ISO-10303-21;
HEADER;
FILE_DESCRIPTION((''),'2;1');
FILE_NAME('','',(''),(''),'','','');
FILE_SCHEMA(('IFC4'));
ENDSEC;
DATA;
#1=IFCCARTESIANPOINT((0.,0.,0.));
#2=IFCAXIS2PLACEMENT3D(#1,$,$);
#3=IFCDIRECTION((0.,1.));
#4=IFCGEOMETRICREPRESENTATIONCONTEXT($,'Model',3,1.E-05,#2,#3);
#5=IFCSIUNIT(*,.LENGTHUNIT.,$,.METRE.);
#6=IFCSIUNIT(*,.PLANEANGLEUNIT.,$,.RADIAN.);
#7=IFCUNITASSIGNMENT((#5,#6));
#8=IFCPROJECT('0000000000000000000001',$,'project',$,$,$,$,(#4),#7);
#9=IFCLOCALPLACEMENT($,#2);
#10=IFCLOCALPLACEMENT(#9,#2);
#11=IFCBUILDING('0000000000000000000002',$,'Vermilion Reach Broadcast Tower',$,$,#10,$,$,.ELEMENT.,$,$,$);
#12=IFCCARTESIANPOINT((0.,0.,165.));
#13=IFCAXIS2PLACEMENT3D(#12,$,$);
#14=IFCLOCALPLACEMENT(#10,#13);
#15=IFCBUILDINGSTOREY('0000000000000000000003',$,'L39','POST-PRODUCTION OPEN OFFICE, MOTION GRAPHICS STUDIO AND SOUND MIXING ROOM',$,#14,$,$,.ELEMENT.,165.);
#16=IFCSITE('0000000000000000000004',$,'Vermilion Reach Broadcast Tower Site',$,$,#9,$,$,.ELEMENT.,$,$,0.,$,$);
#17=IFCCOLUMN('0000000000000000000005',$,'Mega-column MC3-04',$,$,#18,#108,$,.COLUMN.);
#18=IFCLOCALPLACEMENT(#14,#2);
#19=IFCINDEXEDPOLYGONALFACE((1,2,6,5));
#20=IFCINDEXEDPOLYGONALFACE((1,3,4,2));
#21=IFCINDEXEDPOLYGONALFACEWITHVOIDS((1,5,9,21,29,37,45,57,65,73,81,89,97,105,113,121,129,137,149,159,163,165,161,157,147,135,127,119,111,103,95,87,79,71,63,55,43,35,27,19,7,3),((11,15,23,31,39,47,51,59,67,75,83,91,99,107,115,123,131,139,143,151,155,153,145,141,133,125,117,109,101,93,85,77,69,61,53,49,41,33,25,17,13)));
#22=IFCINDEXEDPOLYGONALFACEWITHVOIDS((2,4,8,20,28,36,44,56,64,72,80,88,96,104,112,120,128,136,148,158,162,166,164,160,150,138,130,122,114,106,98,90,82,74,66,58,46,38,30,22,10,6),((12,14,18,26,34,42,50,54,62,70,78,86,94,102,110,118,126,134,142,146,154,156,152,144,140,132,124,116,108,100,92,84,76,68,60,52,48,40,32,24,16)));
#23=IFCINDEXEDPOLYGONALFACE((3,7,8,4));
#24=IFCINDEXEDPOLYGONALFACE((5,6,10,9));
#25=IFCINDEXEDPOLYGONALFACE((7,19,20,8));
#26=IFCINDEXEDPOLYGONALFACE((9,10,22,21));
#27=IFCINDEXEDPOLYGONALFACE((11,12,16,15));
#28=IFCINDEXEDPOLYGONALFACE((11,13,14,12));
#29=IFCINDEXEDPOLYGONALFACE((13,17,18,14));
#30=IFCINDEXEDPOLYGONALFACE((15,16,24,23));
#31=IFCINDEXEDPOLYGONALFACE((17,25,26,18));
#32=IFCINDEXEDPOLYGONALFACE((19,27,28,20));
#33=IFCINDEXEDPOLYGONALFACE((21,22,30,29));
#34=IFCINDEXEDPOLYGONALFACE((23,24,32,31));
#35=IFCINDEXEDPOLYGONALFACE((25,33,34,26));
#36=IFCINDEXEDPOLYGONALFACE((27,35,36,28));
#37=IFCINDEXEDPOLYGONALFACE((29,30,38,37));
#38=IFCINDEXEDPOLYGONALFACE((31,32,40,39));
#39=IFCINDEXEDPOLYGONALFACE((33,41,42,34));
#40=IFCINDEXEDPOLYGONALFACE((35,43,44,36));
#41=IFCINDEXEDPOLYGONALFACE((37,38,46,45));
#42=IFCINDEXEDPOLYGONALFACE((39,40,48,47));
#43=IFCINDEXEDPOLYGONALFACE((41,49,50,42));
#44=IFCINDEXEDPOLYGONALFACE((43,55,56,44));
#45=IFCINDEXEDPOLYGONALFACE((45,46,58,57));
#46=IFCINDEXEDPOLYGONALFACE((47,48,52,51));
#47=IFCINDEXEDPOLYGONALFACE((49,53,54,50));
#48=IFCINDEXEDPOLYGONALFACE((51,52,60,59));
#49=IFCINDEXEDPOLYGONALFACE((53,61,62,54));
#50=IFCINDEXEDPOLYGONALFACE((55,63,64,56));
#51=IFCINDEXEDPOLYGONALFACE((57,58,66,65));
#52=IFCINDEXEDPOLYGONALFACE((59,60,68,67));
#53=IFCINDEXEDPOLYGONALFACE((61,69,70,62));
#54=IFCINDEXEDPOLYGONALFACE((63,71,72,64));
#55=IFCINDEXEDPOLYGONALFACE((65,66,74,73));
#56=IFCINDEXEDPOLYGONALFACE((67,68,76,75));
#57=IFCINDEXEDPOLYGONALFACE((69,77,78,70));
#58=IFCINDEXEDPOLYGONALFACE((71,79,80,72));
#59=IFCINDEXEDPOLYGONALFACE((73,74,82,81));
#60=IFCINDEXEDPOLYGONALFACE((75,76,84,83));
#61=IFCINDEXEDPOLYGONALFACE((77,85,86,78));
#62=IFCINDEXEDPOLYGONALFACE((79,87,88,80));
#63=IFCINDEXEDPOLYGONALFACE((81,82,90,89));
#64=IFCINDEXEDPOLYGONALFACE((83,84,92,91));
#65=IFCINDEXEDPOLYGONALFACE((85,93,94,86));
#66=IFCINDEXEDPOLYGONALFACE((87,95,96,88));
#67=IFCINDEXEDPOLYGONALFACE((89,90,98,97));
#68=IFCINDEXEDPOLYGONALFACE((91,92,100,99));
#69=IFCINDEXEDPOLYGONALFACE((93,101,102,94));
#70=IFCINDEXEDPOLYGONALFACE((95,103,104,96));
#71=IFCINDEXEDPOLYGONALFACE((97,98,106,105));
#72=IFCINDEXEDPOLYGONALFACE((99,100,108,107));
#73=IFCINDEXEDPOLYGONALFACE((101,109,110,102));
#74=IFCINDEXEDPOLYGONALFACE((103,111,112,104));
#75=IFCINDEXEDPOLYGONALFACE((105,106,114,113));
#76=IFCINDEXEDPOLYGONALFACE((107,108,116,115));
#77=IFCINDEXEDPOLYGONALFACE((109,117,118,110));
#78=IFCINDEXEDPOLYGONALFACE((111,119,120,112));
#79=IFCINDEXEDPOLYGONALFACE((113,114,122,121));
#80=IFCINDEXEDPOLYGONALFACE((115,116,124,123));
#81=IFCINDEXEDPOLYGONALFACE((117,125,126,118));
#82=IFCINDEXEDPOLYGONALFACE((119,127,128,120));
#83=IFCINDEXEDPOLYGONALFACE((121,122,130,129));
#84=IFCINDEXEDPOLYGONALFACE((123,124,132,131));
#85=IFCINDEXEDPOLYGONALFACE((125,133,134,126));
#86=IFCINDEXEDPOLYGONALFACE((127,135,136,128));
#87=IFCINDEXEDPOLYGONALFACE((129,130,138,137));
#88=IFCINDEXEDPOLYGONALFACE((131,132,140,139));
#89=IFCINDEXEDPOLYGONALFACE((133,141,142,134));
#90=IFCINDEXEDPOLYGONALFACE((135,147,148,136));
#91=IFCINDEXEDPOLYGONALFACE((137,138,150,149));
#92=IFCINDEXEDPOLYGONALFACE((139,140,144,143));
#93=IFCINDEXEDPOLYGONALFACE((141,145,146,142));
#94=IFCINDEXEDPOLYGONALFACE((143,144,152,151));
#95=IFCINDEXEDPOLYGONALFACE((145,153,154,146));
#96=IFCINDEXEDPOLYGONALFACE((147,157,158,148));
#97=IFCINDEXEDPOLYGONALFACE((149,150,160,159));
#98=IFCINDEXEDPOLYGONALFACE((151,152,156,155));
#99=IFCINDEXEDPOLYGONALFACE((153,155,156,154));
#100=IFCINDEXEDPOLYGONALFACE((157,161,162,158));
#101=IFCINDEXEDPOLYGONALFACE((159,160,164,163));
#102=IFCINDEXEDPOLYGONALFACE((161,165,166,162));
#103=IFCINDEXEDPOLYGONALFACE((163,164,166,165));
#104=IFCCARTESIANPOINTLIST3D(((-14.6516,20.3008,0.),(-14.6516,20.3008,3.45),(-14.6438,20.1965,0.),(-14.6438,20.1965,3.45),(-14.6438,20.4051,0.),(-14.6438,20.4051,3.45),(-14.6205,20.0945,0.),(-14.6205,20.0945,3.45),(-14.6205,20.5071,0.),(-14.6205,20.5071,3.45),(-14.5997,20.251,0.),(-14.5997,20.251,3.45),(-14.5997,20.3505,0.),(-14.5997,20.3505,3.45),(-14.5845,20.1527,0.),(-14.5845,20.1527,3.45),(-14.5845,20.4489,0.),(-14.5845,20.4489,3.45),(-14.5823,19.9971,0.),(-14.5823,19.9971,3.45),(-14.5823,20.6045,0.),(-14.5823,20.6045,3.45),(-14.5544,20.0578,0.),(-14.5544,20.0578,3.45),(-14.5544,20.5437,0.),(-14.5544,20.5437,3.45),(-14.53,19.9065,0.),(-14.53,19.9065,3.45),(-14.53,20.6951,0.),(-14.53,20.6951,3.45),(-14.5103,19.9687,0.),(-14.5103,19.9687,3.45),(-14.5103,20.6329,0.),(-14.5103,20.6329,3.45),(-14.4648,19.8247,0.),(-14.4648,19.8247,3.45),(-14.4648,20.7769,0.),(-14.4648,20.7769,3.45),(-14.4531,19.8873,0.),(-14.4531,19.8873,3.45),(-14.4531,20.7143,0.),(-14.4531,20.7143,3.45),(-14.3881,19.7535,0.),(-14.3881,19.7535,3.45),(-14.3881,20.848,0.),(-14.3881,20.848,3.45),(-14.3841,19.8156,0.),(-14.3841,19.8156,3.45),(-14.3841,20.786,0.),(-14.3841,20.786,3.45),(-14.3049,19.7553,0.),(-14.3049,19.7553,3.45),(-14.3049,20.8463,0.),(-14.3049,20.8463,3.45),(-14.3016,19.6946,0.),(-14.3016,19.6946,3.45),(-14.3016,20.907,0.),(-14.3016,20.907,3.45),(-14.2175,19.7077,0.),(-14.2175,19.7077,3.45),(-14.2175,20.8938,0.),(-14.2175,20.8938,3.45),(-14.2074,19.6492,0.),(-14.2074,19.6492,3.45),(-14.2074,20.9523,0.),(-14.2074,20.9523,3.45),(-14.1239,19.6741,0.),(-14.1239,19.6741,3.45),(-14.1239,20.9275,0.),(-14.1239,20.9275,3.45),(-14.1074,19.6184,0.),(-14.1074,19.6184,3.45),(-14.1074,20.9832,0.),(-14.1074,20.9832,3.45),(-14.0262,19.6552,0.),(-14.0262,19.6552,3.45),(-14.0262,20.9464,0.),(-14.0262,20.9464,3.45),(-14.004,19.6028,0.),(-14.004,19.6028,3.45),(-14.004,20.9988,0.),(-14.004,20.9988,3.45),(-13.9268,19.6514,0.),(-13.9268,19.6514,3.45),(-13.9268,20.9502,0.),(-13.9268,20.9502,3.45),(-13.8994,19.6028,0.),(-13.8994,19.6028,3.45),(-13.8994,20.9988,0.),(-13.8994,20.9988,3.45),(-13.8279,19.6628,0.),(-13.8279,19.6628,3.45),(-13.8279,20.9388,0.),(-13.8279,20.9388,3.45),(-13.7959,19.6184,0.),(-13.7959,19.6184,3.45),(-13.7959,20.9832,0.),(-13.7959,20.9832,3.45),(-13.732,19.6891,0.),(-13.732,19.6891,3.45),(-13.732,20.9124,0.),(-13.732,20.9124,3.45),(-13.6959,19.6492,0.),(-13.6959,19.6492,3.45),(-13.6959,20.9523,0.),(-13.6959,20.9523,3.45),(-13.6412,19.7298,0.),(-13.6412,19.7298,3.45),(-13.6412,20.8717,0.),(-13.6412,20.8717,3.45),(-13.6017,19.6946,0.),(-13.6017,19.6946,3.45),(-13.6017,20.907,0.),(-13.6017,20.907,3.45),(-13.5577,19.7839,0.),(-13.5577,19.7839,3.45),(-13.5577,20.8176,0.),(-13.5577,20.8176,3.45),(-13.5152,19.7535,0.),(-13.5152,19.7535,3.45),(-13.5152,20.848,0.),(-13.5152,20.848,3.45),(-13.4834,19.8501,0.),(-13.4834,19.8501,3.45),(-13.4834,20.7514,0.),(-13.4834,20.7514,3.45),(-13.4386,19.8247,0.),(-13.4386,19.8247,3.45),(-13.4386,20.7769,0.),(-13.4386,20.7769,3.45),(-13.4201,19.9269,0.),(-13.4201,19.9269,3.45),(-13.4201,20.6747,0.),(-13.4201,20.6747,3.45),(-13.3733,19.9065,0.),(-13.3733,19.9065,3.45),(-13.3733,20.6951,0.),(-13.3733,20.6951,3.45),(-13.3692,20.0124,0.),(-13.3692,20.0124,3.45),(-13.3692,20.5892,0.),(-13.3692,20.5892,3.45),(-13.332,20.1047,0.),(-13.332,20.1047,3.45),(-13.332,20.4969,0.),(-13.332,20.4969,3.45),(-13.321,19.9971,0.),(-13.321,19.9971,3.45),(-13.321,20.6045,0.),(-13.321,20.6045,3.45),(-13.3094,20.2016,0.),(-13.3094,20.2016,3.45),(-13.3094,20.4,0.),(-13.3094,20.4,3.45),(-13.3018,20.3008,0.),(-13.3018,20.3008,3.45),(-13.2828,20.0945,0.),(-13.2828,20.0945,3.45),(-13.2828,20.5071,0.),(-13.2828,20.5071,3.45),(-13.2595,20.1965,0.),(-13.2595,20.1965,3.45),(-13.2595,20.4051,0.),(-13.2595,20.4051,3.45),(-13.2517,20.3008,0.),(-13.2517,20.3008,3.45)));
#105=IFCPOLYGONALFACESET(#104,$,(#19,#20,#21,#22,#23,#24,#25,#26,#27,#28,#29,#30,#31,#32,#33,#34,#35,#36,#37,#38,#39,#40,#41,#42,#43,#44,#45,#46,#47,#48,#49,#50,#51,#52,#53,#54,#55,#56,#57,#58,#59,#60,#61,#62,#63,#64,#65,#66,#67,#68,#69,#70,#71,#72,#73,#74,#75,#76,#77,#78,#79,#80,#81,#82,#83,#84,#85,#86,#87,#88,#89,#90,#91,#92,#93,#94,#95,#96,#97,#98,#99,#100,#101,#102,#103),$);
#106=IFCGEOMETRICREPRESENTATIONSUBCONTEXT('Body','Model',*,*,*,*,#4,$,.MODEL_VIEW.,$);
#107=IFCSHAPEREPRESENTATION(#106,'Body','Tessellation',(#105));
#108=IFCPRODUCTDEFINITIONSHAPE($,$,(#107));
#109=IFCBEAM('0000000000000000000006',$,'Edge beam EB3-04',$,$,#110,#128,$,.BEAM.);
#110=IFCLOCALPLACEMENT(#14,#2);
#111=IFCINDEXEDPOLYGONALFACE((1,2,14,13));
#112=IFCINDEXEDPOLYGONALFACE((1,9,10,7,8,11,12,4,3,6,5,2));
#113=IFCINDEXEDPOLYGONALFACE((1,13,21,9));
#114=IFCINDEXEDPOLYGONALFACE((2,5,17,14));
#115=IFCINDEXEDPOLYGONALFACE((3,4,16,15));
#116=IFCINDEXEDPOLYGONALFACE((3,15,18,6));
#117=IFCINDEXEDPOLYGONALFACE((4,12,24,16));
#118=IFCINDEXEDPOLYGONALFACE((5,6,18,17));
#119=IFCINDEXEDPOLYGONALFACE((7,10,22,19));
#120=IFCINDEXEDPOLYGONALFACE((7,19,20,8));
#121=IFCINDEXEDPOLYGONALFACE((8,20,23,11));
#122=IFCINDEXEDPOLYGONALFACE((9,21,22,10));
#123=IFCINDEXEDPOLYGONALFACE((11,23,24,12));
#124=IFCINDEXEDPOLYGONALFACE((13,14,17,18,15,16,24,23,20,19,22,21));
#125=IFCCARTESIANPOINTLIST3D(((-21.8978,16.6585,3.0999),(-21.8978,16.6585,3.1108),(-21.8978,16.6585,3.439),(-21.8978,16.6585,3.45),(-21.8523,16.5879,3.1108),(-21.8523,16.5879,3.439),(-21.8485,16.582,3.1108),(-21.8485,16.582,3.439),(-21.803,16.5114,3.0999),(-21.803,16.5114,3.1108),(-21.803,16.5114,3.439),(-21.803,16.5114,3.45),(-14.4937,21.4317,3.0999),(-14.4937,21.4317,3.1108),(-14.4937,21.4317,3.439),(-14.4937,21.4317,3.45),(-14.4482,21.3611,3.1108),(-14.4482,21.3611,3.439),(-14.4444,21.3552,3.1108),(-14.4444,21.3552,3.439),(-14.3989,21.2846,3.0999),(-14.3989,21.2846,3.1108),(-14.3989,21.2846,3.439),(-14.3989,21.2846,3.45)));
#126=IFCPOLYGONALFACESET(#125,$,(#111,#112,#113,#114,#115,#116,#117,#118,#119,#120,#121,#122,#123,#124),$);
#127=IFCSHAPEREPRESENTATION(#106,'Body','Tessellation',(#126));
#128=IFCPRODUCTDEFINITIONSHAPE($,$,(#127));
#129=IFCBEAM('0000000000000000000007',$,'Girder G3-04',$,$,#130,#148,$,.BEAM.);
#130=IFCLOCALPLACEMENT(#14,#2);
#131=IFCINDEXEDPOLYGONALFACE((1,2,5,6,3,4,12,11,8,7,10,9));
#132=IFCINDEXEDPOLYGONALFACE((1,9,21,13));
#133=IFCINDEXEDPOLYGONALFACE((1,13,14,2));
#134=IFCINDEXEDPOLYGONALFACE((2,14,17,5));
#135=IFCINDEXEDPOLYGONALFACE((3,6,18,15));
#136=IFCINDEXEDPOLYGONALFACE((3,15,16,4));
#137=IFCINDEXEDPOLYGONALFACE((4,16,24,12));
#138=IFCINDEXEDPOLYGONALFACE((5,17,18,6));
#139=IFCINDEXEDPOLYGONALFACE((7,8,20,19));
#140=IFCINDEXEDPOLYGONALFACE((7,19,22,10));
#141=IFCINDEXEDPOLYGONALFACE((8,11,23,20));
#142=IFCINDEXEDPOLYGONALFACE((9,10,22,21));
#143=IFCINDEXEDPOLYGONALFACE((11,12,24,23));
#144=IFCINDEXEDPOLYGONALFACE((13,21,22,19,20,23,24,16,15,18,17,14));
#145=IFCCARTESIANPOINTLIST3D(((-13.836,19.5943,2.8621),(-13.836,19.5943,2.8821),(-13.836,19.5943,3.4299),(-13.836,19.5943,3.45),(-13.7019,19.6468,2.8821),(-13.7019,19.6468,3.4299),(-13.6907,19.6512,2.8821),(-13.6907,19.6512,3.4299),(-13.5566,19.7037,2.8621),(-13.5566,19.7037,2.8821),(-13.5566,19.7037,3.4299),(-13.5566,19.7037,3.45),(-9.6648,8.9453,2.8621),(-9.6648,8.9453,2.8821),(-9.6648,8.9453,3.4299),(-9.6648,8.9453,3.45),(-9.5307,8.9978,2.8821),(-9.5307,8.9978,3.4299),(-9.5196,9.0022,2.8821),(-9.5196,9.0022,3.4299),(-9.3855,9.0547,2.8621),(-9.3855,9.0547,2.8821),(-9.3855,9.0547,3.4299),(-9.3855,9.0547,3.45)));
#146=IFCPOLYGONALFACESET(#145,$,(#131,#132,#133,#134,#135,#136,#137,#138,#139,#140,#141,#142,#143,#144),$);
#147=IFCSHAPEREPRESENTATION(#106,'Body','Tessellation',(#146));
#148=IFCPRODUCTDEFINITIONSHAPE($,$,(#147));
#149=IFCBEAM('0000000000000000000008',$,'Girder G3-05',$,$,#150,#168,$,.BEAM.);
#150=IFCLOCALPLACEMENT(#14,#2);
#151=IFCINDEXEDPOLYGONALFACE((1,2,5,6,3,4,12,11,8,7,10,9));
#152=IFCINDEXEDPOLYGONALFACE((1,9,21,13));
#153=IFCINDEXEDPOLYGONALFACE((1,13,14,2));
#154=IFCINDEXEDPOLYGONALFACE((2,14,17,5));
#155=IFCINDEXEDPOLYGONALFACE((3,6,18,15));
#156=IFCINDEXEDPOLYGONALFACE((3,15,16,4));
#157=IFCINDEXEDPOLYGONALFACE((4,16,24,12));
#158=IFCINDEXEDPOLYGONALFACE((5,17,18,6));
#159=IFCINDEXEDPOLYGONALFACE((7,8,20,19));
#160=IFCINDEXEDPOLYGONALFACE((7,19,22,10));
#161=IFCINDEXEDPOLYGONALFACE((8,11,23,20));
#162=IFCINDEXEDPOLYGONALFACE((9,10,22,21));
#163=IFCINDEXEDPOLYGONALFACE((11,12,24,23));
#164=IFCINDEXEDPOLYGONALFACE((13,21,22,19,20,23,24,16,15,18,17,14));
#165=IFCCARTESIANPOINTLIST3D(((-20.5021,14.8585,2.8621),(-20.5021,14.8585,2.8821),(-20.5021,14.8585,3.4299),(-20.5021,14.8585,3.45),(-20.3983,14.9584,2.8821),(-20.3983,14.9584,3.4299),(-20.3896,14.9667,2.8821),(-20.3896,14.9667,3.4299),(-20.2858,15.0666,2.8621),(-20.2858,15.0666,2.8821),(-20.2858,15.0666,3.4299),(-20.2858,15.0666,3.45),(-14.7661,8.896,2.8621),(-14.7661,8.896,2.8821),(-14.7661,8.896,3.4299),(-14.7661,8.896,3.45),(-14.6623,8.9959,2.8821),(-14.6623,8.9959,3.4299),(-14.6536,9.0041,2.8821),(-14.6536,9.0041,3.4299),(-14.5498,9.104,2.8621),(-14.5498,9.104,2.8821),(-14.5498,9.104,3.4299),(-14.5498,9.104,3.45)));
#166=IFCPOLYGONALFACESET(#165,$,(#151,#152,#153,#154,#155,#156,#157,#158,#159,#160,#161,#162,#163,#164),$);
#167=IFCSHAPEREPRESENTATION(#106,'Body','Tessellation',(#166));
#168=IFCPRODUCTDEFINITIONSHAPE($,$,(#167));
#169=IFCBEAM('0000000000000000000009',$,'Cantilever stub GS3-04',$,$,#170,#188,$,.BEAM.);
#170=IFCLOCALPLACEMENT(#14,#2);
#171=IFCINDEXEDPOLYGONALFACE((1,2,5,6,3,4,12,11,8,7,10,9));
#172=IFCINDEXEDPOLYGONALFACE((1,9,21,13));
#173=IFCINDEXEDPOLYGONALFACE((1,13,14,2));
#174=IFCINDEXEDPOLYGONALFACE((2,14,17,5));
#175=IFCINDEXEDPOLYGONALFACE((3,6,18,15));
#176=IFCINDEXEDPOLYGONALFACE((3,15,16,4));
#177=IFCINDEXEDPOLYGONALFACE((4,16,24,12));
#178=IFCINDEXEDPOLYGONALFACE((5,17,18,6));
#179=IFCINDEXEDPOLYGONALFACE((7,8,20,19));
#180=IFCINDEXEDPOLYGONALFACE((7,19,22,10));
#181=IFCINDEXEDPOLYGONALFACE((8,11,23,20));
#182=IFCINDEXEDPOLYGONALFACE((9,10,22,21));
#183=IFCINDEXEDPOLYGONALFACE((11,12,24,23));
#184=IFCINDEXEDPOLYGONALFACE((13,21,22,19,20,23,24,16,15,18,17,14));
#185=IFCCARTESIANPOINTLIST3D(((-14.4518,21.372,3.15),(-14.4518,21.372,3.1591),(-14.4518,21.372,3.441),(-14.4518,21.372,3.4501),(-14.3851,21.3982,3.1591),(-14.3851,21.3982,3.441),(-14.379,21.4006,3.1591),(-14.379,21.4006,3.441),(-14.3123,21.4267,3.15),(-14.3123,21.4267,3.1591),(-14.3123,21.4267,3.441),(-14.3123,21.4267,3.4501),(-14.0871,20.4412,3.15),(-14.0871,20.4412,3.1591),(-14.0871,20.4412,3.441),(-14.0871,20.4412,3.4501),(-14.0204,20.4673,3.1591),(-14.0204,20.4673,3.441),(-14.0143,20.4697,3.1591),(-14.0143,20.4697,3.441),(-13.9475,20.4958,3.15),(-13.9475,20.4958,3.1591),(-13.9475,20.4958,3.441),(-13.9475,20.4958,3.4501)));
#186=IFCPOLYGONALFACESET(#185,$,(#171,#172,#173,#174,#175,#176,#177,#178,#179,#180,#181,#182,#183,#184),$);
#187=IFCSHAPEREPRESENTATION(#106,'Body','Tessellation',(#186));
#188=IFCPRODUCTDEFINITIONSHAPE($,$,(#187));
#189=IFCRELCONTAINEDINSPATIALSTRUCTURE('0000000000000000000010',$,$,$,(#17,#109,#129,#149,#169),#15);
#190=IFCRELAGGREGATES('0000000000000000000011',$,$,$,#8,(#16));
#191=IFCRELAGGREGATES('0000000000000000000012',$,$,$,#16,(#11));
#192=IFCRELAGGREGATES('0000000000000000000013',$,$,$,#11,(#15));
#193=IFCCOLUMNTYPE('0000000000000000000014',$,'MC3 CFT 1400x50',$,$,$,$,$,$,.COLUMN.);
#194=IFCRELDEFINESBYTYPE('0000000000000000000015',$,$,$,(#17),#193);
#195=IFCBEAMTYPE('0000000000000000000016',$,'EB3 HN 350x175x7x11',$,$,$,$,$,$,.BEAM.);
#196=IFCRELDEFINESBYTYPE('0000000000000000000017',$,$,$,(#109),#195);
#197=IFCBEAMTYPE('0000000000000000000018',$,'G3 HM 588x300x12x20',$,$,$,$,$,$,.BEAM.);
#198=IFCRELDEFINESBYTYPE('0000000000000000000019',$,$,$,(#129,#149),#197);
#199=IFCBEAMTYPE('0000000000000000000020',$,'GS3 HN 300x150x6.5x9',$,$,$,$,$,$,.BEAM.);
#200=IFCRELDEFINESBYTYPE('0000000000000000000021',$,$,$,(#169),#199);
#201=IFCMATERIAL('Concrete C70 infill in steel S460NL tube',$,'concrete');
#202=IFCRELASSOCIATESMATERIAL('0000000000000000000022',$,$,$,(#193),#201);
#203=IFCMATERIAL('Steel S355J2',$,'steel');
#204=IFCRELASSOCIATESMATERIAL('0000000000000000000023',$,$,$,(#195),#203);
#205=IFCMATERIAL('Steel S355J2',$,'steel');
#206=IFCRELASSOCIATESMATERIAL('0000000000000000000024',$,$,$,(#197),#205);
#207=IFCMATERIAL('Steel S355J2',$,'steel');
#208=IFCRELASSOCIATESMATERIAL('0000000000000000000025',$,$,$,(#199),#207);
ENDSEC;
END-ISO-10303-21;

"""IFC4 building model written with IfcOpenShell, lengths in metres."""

from ifc_helpers import new_model, si_unit, direction, frame, origin, origin_2d, place, context, subcontext, project, spatial, hollow_circle, i_section, extrude, material, material_profile, profile_set, type_object, element, save


model = new_model("IFC4")

# Units and contexts
model_context = context("Model", 3, precision=1e-05, world=origin(), true_north=direction((0.0, 1.0)))
body_context = subcontext(model_context, "Body", "Model", "MODEL_VIEW")
ifc_project = project(units=[si_unit("LENGTHUNIT", "METRE"), si_unit("PLANEANGLEUNIT", "RADIAN")], contexts=[model_context])

# Site, building, storey
site_placement = place(None, origin())
site = spatial("IfcSite", under=ifc_project, at=site_placement, Name="Vermilion Reach Broadcast Tower Site", CompositionType="ELEMENT", RefElevation=0.0)
building_placement = place(site_placement, origin())
building = spatial("IfcBuilding", under=site, at=building_placement, Name="Vermilion Reach Broadcast Tower", CompositionType="ELEMENT")
storey_placement = place(building_placement, frame((0.0, 0.0, 165.0)))
storey = spatial("IfcBuildingStorey", under=building, at=storey_placement, Name="L39", Description="POST-PRODUCTION OPEN OFFICE, MOTION GRAPHICS STUDIO AND SOUND MIXING ROOM", CompositionType="ELEMENT", Elevation=165.0)

# Column
ifc_material_1 = material(Name="Concrete C70 infill in steel S460NL tube", Category="concrete")
ifc_material_profile_1 = material_profile(ifc_material_1, hollow_circle(Radius=0.7, WallThickness=0.05, at=origin_2d()), Name="Concrete C70 infill in steel S460NL tube CFT 1400x50")
ifc_profile_set_1 = profile_set([ifc_material_profile_1], Name="Concrete C70 infill in steel S460NL tube")
column_type = type_object("IfcColumnType", Name="MC3 CFT 1400x50", PredefinedType="COLUMN", material=ifc_profile_set_1)
column_placement = place(storey_placement, frame((-13.9517, 20.3008, 0.0), z_axis=(0.0, 0.0, 1.0), x_axis=(1.0, 0.0, 0.0)))
element("IfcColumn", 1, at=column_placement, inside=storey, type_object=column_type, Name="Mega-column MC3-04", PredefinedType="COLUMN", context=body_context, shape_type="SweptSolid", body=[
    extrude(hollow_circle(Radius=0.7, WallThickness=0.05, at=origin_2d()), origin(), (0.0, 0.0, 1.0), 3.45),
])

# Beams
ifc_material_2 = material(Name="Steel S355J2", Category="steel")
ifc_material_profile_2 = material_profile(ifc_material_2, i_section(OverallWidth=0.175, OverallDepth=0.3501, WebThickness=0.0071, FlangeThickness=0.011, at=origin_2d()), Name="S355J2 HN 350x175x7x11")
ifc_profile_set_2 = profile_set([ifc_material_profile_2], Name="Steel S355J2")
beam_type_1 = type_object("IfcBeamType", Name="EB3 HN 350x175x7x11", PredefinedType="BEAM", material=ifc_profile_set_2)
beam_1_placement = place(storey_placement, frame((-14.4463, 21.3582, 3.2749), z_axis=(-0.840484, -0.541837, 0.0), x_axis=(0.541837, -0.840484, 0.0)))
element("IfcBeam", 2, at=beam_1_placement, inside=storey, type_object=beam_type_1, Name="Edge beam EB3-04", PredefinedType="BEAM", context=body_context, shape_type="SweptSolid", body=[
    extrude(i_section(OverallWidth=0.175, OverallDepth=0.3501, WebThickness=0.0071, FlangeThickness=0.011, at=origin_2d()), origin(), (0.0, 0.0, 1.0), 8.8093),
])
ifc_material_3 = material(Name="Steel S355J2", Category="steel")
ifc_material_profile_3 = material_profile(ifc_material_3, i_section(OverallWidth=0.3, OverallDepth=0.5879, WebThickness=0.012, FlangeThickness=0.02, at=origin_2d()), Name="S355J2 HM 588x300x12x20")
ifc_profile_set_3 = profile_set([ifc_material_profile_3], Name="Steel S355J2")
beam_type_2 = type_object("IfcBeamType", Name="G3 HM 588x300x12x20", PredefinedType="BEAM", material=ifc_profile_set_3)
beam_2_placement = place(storey_placement, frame((-9.5251, 9.0, 3.156), z_axis=(-0.364716, 0.931119, 0.0), x_axis=(-0.931119, -0.364716, 0.0)))
element("IfcBeam", 3, at=beam_2_placement, inside=storey, type_object=beam_type_2, Name="Girder G3-04", PredefinedType="BEAM", context=body_context, shape_type="SweptSolid", body=[
    extrude(i_section(OverallWidth=0.3, OverallDepth=0.5879, WebThickness=0.012, FlangeThickness=0.02, at=origin_2d()), origin(), (0.0, 0.0, 1.0), 11.4368),
])
beam_3_placement = place(storey_placement, frame((-14.658, 9.0, 3.156), z_axis=(-0.693283, 0.720666, 0.0), x_axis=(-0.720666, -0.693283, 0.0)))
element("IfcBeam", 4, at=beam_3_placement, inside=storey, type_object=beam_type_2, Name="Girder G3-05", PredefinedType="BEAM", context=body_context, shape_type="SweptSolid", body=[
    extrude(i_section(OverallWidth=0.3, OverallDepth=0.5879, WebThickness=0.012, FlangeThickness=0.02, at=origin_2d()), origin(), (0.0, 0.0, 1.0), 8.2737),
])
ifc_material_4 = material(Name="Steel S355J2", Category="steel")
ifc_material_profile_4 = material_profile(ifc_material_4, i_section(OverallWidth=0.1499, OverallDepth=0.3, WebThickness=0.0066, FlangeThickness=0.009, at=origin_2d()), Name="S355J2 HN 300x150x6.5x9")
ifc_profile_set_4 = profile_set([ifc_material_profile_4], Name="Steel S355J2")
beam_type_3 = type_object("IfcBeamType", Name="GS3 HN 300x150x6.5x9", PredefinedType="BEAM", material=ifc_profile_set_4)
beam_4_placement = place(storey_placement, frame((-14.0173, 20.4685, 3.3), z_axis=(-0.364814, 0.931081, 0.0), x_axis=(-0.931081, -0.364814, 0.0)))
element("IfcBeam", 5, at=beam_4_placement, inside=storey, type_object=beam_type_3, Name="Cantilever stub GS3-04", PredefinedType="BEAM", context=body_context, shape_type="SweptSolid", body=[
    extrude(i_section(OverallWidth=0.1499, OverallDepth=0.3, WebThickness=0.0066, FlangeThickness=0.009, at=origin_2d()), origin(), (0.0, 0.0, 1.0), 0.9998),
])

save(model, "model.ifc")
